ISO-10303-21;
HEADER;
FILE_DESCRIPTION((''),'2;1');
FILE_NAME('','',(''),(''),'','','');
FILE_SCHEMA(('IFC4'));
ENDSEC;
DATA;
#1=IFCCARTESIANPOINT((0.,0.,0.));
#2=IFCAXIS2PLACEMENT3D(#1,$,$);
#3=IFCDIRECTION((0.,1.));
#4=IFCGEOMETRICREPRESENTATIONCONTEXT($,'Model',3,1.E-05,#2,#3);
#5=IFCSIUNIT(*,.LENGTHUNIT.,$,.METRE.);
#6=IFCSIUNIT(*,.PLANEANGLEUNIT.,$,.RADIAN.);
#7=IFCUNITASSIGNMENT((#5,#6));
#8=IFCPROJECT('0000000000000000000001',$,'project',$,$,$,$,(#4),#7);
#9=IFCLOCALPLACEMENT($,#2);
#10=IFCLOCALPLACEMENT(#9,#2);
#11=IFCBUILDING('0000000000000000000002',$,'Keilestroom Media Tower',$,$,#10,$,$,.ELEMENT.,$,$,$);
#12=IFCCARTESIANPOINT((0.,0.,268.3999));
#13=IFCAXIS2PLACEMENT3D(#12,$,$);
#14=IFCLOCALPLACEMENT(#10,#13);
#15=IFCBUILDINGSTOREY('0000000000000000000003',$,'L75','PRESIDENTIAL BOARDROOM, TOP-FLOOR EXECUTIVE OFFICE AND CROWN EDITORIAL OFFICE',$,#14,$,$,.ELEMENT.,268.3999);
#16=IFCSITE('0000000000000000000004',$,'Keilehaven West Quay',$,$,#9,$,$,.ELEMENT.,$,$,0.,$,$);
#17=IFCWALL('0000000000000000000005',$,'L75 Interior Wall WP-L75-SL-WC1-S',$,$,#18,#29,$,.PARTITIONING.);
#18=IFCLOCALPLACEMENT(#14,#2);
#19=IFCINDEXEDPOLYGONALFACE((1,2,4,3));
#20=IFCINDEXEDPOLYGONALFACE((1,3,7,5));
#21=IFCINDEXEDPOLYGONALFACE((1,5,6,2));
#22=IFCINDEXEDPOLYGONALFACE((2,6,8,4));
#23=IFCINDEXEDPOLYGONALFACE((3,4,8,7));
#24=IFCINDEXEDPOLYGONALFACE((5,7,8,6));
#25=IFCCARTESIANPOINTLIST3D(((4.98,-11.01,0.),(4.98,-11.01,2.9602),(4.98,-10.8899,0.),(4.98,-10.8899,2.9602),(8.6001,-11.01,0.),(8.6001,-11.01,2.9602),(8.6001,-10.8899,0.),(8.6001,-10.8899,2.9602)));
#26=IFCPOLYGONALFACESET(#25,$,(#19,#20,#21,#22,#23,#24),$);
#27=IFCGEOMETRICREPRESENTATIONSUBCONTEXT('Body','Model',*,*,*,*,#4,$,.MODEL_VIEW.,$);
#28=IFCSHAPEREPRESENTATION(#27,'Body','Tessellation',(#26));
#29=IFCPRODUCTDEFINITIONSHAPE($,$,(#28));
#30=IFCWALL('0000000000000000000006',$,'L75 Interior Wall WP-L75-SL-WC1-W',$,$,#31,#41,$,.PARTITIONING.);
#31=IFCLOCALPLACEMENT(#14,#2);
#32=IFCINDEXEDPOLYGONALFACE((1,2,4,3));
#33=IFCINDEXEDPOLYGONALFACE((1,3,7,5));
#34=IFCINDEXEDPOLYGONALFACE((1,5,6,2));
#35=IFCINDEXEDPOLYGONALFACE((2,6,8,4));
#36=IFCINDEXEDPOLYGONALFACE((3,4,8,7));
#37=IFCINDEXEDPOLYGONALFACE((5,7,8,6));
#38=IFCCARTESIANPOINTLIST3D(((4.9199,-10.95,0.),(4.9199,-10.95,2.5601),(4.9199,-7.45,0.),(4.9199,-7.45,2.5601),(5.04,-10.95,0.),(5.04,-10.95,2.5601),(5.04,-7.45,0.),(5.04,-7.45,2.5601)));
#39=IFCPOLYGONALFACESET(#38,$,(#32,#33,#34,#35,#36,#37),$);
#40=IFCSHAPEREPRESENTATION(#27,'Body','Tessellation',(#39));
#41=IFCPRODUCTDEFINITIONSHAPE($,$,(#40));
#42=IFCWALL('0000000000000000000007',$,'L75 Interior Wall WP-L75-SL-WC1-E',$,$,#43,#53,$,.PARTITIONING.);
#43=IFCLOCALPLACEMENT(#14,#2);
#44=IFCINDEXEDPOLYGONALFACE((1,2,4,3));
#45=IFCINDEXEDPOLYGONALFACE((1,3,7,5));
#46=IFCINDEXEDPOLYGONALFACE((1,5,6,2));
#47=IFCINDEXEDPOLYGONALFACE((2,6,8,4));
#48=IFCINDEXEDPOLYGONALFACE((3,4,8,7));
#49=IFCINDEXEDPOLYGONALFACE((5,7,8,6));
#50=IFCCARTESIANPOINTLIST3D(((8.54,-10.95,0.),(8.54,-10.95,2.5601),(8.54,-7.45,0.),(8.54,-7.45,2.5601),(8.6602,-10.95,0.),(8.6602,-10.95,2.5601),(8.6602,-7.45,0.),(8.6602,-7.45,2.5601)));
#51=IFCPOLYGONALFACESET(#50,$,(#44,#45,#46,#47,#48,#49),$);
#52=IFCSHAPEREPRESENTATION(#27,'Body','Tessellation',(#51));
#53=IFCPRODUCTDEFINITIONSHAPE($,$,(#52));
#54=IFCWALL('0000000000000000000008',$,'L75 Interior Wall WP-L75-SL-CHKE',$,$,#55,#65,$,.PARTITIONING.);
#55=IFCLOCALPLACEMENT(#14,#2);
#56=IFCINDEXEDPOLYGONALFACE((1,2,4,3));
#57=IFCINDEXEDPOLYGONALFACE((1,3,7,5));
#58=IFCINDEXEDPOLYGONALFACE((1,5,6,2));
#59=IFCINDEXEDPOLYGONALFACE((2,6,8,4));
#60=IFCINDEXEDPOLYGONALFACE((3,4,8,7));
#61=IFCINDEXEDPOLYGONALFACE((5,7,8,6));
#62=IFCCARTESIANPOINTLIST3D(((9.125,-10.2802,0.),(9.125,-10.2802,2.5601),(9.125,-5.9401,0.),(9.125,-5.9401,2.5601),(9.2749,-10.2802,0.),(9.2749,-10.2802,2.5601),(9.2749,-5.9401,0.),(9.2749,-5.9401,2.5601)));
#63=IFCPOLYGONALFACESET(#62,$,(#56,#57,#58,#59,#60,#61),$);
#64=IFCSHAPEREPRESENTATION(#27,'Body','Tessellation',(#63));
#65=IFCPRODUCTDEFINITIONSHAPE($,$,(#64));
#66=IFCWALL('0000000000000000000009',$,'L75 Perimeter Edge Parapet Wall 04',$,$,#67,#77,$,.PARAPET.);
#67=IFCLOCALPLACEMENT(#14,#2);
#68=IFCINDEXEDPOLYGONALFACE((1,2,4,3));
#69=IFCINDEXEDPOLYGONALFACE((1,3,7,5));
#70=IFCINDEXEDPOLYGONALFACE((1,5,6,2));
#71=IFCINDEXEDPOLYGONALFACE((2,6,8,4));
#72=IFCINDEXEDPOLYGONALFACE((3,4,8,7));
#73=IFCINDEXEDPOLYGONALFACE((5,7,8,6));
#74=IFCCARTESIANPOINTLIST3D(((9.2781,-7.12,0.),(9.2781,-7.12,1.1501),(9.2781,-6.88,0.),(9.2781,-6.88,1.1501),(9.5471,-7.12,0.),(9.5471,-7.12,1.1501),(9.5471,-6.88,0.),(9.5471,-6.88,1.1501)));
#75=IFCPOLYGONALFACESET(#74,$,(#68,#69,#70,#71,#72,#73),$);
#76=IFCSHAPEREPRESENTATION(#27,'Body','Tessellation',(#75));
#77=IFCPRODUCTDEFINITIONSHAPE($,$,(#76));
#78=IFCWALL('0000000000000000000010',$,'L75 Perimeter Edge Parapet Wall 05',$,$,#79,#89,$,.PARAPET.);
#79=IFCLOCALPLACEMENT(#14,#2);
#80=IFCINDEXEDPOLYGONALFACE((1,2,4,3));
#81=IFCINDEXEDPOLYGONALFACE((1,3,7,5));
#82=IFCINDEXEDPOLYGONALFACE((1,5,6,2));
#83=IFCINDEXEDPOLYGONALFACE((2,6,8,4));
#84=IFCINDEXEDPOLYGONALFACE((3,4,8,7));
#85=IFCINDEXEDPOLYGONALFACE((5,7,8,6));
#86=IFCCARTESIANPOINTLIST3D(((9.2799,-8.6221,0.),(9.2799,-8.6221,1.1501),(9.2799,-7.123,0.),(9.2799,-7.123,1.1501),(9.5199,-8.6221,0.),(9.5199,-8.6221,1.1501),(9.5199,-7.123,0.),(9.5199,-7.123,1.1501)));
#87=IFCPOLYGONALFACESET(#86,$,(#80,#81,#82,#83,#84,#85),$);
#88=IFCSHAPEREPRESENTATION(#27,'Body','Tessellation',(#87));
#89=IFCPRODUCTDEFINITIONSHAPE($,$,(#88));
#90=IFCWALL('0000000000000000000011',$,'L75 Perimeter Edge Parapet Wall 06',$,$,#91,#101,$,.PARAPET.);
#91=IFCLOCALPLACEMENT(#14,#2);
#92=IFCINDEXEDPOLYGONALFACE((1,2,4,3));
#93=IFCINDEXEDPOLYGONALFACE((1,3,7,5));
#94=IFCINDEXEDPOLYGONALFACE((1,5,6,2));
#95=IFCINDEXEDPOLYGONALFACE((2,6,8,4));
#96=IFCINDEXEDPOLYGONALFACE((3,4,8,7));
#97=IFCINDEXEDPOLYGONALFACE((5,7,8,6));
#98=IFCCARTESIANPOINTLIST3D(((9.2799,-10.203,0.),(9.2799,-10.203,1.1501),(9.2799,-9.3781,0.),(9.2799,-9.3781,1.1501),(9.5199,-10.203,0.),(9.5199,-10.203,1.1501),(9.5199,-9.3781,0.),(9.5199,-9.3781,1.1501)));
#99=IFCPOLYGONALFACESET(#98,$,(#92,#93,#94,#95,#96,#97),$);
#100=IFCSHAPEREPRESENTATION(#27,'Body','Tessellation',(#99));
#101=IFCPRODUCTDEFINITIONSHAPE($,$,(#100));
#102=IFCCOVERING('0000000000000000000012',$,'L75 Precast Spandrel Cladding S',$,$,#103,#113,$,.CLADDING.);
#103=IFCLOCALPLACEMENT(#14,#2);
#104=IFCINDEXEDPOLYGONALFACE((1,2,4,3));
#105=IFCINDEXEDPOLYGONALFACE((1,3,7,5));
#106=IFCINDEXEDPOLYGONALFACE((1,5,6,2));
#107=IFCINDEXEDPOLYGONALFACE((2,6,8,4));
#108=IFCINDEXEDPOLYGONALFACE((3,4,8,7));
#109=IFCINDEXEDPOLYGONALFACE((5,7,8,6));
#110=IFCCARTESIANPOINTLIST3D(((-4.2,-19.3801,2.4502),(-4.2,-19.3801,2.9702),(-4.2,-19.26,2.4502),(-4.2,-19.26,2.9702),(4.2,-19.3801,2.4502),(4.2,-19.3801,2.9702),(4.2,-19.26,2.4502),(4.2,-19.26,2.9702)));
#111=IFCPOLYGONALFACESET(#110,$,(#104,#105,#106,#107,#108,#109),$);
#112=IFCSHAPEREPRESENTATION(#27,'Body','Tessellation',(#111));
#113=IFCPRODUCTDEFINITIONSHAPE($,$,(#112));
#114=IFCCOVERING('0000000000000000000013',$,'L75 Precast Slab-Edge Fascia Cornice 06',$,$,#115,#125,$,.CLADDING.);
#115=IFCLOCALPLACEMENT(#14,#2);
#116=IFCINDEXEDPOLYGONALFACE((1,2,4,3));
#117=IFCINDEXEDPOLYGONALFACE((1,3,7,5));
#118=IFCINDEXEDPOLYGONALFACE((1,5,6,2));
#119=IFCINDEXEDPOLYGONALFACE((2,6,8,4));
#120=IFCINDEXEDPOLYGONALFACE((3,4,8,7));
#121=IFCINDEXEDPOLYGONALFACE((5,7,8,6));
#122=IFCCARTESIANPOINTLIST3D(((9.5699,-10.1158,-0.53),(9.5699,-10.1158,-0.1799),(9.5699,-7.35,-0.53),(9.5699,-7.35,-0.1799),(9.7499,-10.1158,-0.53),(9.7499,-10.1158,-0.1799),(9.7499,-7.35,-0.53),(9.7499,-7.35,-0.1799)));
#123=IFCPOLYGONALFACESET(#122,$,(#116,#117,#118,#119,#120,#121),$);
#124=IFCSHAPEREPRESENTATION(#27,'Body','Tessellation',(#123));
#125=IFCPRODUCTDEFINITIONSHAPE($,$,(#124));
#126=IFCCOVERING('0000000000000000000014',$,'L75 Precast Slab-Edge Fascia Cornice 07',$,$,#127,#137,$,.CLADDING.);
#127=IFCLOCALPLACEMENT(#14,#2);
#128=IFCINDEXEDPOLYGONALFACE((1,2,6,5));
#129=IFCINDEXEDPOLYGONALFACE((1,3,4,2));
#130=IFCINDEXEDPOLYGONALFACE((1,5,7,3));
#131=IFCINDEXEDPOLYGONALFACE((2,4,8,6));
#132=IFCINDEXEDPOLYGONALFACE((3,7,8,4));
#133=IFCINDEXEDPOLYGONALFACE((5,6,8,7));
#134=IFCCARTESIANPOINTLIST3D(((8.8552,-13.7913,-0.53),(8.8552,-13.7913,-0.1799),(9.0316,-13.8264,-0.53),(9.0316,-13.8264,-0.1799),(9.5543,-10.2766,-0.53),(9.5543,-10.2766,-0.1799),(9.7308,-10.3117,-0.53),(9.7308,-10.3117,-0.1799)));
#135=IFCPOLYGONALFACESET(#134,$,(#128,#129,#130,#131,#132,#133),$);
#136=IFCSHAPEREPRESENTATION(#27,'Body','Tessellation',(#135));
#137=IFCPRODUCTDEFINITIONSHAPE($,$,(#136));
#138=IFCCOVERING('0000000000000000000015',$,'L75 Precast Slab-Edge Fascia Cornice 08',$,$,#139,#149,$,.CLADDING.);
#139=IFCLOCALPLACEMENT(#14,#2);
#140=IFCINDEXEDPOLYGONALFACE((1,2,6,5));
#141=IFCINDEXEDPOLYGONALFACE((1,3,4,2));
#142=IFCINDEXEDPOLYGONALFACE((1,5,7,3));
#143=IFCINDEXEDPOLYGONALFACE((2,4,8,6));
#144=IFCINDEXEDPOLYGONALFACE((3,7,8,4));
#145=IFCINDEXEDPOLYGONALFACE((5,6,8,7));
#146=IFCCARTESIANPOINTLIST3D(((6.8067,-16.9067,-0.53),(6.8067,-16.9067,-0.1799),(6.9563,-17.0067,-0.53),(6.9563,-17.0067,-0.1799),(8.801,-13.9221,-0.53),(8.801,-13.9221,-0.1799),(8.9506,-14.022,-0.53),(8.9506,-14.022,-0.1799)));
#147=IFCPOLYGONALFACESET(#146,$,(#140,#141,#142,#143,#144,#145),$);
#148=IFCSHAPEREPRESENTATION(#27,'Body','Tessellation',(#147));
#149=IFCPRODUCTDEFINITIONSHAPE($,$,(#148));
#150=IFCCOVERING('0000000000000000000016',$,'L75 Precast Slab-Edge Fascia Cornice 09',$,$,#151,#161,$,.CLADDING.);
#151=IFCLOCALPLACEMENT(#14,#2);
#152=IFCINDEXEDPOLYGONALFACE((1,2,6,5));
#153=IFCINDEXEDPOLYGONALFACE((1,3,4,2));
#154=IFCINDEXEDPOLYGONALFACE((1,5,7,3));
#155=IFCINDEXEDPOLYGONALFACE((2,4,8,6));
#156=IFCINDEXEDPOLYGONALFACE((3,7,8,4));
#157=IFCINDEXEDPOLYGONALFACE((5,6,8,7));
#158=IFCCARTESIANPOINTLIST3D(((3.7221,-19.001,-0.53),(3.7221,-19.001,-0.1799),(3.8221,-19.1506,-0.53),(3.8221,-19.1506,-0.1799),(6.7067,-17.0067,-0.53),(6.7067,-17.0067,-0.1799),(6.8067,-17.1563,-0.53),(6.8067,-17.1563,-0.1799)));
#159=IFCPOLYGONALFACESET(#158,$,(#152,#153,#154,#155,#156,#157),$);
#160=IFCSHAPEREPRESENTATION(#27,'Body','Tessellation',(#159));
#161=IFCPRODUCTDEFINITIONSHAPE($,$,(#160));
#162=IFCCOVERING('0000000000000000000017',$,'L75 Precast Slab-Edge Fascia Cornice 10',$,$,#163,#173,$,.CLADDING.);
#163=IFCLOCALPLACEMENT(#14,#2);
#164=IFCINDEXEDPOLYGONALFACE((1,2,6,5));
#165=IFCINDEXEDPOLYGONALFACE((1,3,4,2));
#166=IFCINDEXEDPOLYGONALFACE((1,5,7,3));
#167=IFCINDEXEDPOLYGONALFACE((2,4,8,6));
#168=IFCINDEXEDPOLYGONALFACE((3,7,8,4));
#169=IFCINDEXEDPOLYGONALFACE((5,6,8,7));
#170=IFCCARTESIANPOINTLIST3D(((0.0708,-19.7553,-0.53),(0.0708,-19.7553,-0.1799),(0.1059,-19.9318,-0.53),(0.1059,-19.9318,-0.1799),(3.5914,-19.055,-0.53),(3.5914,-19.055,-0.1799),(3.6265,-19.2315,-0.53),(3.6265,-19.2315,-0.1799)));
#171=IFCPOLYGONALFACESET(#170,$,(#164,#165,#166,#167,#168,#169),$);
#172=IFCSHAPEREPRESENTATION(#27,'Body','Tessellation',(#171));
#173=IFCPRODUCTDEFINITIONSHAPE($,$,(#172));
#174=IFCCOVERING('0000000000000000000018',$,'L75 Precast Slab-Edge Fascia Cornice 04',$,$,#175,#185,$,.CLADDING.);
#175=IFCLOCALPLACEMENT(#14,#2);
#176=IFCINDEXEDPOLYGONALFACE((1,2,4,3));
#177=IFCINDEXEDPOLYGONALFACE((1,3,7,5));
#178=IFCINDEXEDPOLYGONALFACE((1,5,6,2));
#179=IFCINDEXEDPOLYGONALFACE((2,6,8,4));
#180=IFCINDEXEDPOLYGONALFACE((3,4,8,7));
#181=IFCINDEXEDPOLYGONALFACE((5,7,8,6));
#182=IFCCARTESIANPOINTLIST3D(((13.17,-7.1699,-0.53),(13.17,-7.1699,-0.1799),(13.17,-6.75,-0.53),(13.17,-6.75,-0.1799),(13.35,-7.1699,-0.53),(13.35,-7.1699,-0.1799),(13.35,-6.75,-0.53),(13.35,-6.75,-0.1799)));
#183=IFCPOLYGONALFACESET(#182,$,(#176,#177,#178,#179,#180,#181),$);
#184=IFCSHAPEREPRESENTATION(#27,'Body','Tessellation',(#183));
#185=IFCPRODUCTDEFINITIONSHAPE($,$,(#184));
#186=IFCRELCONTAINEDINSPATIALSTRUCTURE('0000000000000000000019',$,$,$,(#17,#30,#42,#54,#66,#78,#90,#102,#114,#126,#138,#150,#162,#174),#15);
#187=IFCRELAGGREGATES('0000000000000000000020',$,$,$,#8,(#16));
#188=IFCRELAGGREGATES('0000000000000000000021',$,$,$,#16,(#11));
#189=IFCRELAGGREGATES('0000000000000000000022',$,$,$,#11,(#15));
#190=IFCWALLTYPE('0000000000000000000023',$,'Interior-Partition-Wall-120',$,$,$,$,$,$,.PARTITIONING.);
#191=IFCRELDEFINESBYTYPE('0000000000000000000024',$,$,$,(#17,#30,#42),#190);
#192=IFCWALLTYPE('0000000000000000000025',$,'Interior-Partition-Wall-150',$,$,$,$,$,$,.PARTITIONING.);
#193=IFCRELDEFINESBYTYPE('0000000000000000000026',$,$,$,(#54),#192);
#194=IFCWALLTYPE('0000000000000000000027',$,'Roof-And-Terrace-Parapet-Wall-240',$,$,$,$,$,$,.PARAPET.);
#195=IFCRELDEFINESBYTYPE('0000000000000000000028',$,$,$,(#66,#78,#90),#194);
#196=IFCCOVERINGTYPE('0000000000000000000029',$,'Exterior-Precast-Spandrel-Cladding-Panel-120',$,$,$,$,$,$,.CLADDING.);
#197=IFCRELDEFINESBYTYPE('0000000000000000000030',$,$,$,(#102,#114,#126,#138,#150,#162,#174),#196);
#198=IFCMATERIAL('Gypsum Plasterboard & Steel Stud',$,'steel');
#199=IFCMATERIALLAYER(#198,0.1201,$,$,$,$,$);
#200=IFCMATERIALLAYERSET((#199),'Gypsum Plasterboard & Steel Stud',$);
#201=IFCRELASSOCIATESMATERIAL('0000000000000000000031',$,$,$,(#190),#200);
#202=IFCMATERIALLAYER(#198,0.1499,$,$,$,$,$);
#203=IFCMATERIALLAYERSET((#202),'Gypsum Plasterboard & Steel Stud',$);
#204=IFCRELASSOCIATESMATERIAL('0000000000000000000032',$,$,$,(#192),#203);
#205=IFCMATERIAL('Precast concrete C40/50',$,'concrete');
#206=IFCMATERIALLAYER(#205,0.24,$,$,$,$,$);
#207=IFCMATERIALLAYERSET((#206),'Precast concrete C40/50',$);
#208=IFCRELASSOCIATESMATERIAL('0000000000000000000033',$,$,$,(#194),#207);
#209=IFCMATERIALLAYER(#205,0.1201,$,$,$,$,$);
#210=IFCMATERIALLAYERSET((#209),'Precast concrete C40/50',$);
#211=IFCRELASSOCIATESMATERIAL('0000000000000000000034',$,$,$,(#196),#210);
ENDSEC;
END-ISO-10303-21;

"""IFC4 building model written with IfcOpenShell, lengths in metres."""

from ifc_helpers import new_model, si_unit, direction, frame, frame_2d, origin, origin_2d, place, context, subcontext, project, spatial, rectangle, extrude, source, transform, mapped, material, layer, layer_set, type_object, element, save


model = new_model("IFC4")

# Units and contexts
model_context = context("Model", 3, precision=1e-05, world=origin(), true_north=direction((0.0, 1.0)))
body_context = subcontext(model_context, "Body", "Model", "MODEL_VIEW")
ifc_project = project(units=[si_unit("LENGTHUNIT", "METRE"), si_unit("PLANEANGLEUNIT", "RADIAN")], contexts=[model_context])

# Site, building, storey
site_placement = place(None, origin())
site = spatial("IfcSite", under=ifc_project, at=site_placement, Name="Keilehaven West Quay", CompositionType="ELEMENT", RefElevation=0.0)
building_placement = place(site_placement, origin())
building = spatial("IfcBuilding", under=site, at=building_placement, Name="Keilestroom Media Tower", CompositionType="ELEMENT")
storey_placement = place(building_placement, frame((0.0, 0.0, 268.3999)))
storey = spatial("IfcBuildingStorey", under=building, at=storey_placement, Name="L75", Description="PRESIDENTIAL BOARDROOM, TOP-FLOOR EXECUTIVE OFFICE AND CROWN EDITORIAL OFFICE", CompositionType="ELEMENT", Elevation=268.3999)

# Walls
ifc_material_1 = material(Name="Precast concrete C40/50", Category="concrete")
ifc_material_2 = material(Name="Gypsum Plasterboard & Steel Stud", Category="steel")
ifc_layer_1 = layer(ifc_material_2, 0.1201)
ifc_layer_set_1 = layer_set([ifc_layer_1], Name="Gypsum Plasterboard & Steel Stud")
wall_type_1 = type_object("IfcWallType", Name="Interior-Partition-Wall-120", PredefinedType="PARTITIONING", material=ifc_layer_set_1)
wall_1_placement = place(storey_placement, frame((4.98, -10.95, 0.0), z_axis=(0.0, 0.0, 1.0), x_axis=(1.0, 0.0, 0.0)))
element("IfcWall", 1, at=wall_1_placement, inside=storey, type_object=wall_type_1, Name="L75 Interior Wall WP-L75-SL-WC1-S", PredefinedType="PARTITIONING", context=body_context, shape_type="SweptSolid", body=[
    extrude(rectangle(XDim=3.6201, YDim=0.1201, at=frame_2d((1.8101, 0.0))), origin(), (0.0, 0.0, 1.0), 2.9602),
])
for number, where, z_axis, x_axis, name in (
    (2, (4.98, -10.95, 0.0), (0.0, 0.0, 1.0), (0.0, 1.0, 0.0), "L75 Interior Wall WP-L75-SL-WC1-W"),
    (3, (8.6001, -10.95, 0.0), (0.0, 0.0, 1.0), (0.0, 1.0, 0.0), "L75 Interior Wall WP-L75-SL-WC1-E"),
):
    element("IfcWall", number, at=place(storey_placement, frame(where, z_axis=z_axis, x_axis=x_axis)), inside=storey, type_object=wall_type_1, Name=name, PredefinedType="PARTITIONING", context=body_context, shape_type="SweptSolid", body=[
        extrude(rectangle(XDim=3.5, YDim=0.1201, at=frame_2d((1.75, 0.0))), origin(), (0.0, 0.0, 1.0), 2.5601),
    ])
ifc_layer_2 = layer(ifc_material_2, 0.1499)
ifc_layer_set_2 = layer_set([ifc_layer_2], Name="Gypsum Plasterboard & Steel Stud")
wall_type_2 = type_object("IfcWallType", Name="Interior-Partition-Wall-150", PredefinedType="PARTITIONING", material=ifc_layer_set_2)
wall_2_placement = place(storey_placement, frame((9.2, -10.28, 0.0), z_axis=(0.0, 0.0, 1.0), x_axis=(0.0, 1.0, 0.0)))
element("IfcWall", 4, at=wall_2_placement, inside=storey, type_object=wall_type_2, Name="L75 Interior Wall WP-L75-SL-CHKE", PredefinedType="PARTITIONING", context=body_context, shape_type="SweptSolid", body=[
    extrude(rectangle(XDim=4.3401, YDim=0.1499, at=frame_2d((2.1699, 0.0))), origin(), (0.0, 0.0, 1.0), 2.5601),
])
ifc_layer_3 = layer(ifc_material_1, 0.24)
ifc_layer_set_3 = layer_set([ifc_layer_3], Name="Precast concrete C40/50")
wall_type_3 = type_object("IfcWallType", Name="Roof-And-Terrace-Parapet-Wall-240", PredefinedType="PARAPET", material=ifc_layer_set_3)
wall_3_placement = place(storey_placement, frame((9.5471, -7.0, 0.0), z_axis=(0.0, 0.0, 1.0), x_axis=(-1.0, 0.0, 0.0)))
element("IfcWall", 5, at=wall_3_placement, inside=storey, type_object=wall_type_3, Name="L75 Perimeter Edge Parapet Wall 04", PredefinedType="PARAPET", context=body_context, shape_type="SweptSolid", body=[
    extrude(rectangle(XDim=0.269, YDim=0.24, at=frame_2d((0.1345, 0.0))), origin(), (0.0, 0.0, 1.0), 1.1501),
])
wall_4_placement = place(storey_placement, frame((9.3999, -7.123, 0.0), z_axis=(0.0, 0.0, 1.0), x_axis=(0.0, -1.0, 0.0)))
element("IfcWall", 6, at=wall_4_placement, inside=storey, type_object=wall_type_3, Name="L75 Perimeter Edge Parapet Wall 05", PredefinedType="PARAPET", context=body_context, shape_type="SweptSolid", body=[
    extrude(rectangle(XDim=1.499, YDim=0.24, at=frame_2d((0.7495, 0.0))), origin(), (0.0, 0.0, 1.0), 1.1501),
])
wall_5_placement = place(storey_placement, frame((9.3999, -9.3779, 0.0), z_axis=(0.0, 0.0, 1.0), x_axis=(0.0, -1.0, 0.0)))
element("IfcWall", 7, at=wall_5_placement, inside=storey, type_object=wall_type_3, Name="L75 Perimeter Edge Parapet Wall 06", PredefinedType="PARAPET", context=body_context, shape_type="SweptSolid", body=[
    extrude(rectangle(XDim=0.825, YDim=0.24, at=frame_2d((0.4126, 0.0))), origin(), (0.0, 0.0, 1.0), 1.1501),
])

# Coverings
ifc_layer_4 = layer(ifc_material_1, 0.1201)
ifc_layer_set_4 = layer_set([ifc_layer_4], Name="Precast concrete C40/50")
covering_type = type_object("IfcCoveringType", Name="Exterior-Precast-Spandrel-Cladding-Panel-120", PredefinedType="CLADDING", material=ifc_layer_set_4)
shared_shape_1 = source(origin(), body_context, "Body", "SweptSolid", [
    extrude(rectangle(XDim=8.3999, YDim=0.1201, at=origin_2d()), origin(), (0.0, 0.0, 1.0), 0.52),
])
covering_1_placement = place(storey_placement, frame((0.0, -19.3201, 2.4502), z_axis=(0.0, 0.0, 1.0), x_axis=(1.0, 0.0, 0.0)))
element("IfcCovering", 8, at=covering_1_placement, inside=storey, type_object=covering_type, Name="L75 Precast Spandrel Cladding S", PredefinedType="CLADDING", context=body_context, shape_type="MappedRepresentation", body=[
    mapped(shared_shape_1, transform((0.0, 0.0, 0.0), x_axis=(1.0, 0.0, 0.0), y_axis=(0.0, 1.0, 0.0), z_axis=(0.0, 0.0, 1.0), scale=1.0)),
])
shared_shape_2 = source(origin(), body_context, "Body", "SweptSolid", [
    extrude(rectangle(XDim=2.7659, YDim=0.1799, at=origin_2d()), origin(), (0.0, 0.0, 1.0), 0.3501),
])
covering_2_placement = place(storey_placement, frame((9.6599, -8.7329, -0.53), z_axis=(0.0, 0.0, 1.0), x_axis=(0.0, -1.0, 0.0)))
element("IfcCovering", 9, at=covering_2_placement, inside=storey, type_object=covering_type, Name="L75 Precast Slab-Edge Fascia Cornice 06", PredefinedType="CLADDING", context=body_context, shape_type="MappedRepresentation", body=[
    mapped(shared_shape_2, transform((0.0, 0.0, 0.0), x_axis=(1.0, 0.0, 0.0), y_axis=(0.0, 1.0, 0.0), z_axis=(0.0, 0.0, 1.0), scale=1.0)),
])
shared_shape_3 = source(origin(), body_context, "Body", "SweptSolid", [
    extrude(rectangle(XDim=3.5835, YDim=0.1799, at=origin_2d()), origin(), (0.0, 0.0, 1.0), 0.3501),
])
covering_3_placement = place(storey_placement, frame((9.293, -12.0515, -0.53), z_axis=(0.0, 0.0, 1.0), x_axis=(-0.195099, -0.980784, 0.0)))
element("IfcCovering", 10, at=covering_3_placement, inside=storey, type_object=covering_type, Name="L75 Precast Slab-Edge Fascia Cornice 07", PredefinedType="CLADDING", context=body_context, shape_type="MappedRepresentation", body=[
    mapped(shared_shape_3, transform((0.0, 0.0, 0.0), x_axis=(1.0, 0.0, 0.0), y_axis=(0.0, 1.0, 0.0), z_axis=(0.0, 0.0, 1.0), scale=1.0)),
])
shared_shape_4 = source(origin(), body_context, "Body", "SweptSolid", [
    extrude(rectangle(XDim=3.5896, YDim=0.1799, at=origin_2d()), origin(), (0.0, 0.0, 1.0), 0.3501),
])
for number, where, z_axis, x_axis, name in (
    (11, (7.8787, -15.4644, -0.53), (0.0, 0.0, 1.0), (-0.555575, -0.831467, 0.0), "L75 Precast Slab-Edge Fascia Cornice 08"),
    (12, (5.2644, -18.0786, -0.53), (0.0, 0.0, 1.0), (-0.831467, -0.555575, 0.0), "L75 Precast Slab-Edge Fascia Cornice 09"),
    (13, (1.8486, -19.4934, -0.53), (0.0, 0.0, 1.0), (-0.980784, -0.195099, 0.0), "L75 Precast Slab-Edge Fascia Cornice 10"),
):
    element("IfcCovering", number, at=place(storey_placement, frame(where, z_axis=z_axis, x_axis=x_axis)), inside=storey, type_object=covering_type, Name=name, PredefinedType="CLADDING", context=body_context, shape_type="MappedRepresentation", body=[
        mapped(shared_shape_4, transform((0.0, 0.0, 0.0), x_axis=(1.0, 0.0, 0.0), y_axis=(0.0, 1.0, 0.0), z_axis=(0.0, 0.0, 1.0), scale=1.0)),
    ])
shared_shape_5 = source(origin(), body_context, "Body", "SweptSolid", [
    extrude(rectangle(XDim=0.4199, YDim=0.1799, at=origin_2d()), origin(), (0.0, 0.0, 1.0), 0.3501),
])
covering_4_placement = place(storey_placement, frame((13.26, -6.96, -0.53), z_axis=(0.0, 0.0, 1.0), x_axis=(0.0, -1.0, 0.0)))
element("IfcCovering", 14, at=covering_4_placement, inside=storey, type_object=covering_type, Name="L75 Precast Slab-Edge Fascia Cornice 04", PredefinedType="CLADDING", context=body_context, shape_type="MappedRepresentation", body=[
    mapped(shared_shape_5, transform((0.0, 0.0, 0.0), x_axis=(1.0, 0.0, 0.0), y_axis=(0.0, 1.0, 0.0), z_axis=(0.0, 0.0, 1.0), scale=1.0)),
])

save(model, "model.ifc")
